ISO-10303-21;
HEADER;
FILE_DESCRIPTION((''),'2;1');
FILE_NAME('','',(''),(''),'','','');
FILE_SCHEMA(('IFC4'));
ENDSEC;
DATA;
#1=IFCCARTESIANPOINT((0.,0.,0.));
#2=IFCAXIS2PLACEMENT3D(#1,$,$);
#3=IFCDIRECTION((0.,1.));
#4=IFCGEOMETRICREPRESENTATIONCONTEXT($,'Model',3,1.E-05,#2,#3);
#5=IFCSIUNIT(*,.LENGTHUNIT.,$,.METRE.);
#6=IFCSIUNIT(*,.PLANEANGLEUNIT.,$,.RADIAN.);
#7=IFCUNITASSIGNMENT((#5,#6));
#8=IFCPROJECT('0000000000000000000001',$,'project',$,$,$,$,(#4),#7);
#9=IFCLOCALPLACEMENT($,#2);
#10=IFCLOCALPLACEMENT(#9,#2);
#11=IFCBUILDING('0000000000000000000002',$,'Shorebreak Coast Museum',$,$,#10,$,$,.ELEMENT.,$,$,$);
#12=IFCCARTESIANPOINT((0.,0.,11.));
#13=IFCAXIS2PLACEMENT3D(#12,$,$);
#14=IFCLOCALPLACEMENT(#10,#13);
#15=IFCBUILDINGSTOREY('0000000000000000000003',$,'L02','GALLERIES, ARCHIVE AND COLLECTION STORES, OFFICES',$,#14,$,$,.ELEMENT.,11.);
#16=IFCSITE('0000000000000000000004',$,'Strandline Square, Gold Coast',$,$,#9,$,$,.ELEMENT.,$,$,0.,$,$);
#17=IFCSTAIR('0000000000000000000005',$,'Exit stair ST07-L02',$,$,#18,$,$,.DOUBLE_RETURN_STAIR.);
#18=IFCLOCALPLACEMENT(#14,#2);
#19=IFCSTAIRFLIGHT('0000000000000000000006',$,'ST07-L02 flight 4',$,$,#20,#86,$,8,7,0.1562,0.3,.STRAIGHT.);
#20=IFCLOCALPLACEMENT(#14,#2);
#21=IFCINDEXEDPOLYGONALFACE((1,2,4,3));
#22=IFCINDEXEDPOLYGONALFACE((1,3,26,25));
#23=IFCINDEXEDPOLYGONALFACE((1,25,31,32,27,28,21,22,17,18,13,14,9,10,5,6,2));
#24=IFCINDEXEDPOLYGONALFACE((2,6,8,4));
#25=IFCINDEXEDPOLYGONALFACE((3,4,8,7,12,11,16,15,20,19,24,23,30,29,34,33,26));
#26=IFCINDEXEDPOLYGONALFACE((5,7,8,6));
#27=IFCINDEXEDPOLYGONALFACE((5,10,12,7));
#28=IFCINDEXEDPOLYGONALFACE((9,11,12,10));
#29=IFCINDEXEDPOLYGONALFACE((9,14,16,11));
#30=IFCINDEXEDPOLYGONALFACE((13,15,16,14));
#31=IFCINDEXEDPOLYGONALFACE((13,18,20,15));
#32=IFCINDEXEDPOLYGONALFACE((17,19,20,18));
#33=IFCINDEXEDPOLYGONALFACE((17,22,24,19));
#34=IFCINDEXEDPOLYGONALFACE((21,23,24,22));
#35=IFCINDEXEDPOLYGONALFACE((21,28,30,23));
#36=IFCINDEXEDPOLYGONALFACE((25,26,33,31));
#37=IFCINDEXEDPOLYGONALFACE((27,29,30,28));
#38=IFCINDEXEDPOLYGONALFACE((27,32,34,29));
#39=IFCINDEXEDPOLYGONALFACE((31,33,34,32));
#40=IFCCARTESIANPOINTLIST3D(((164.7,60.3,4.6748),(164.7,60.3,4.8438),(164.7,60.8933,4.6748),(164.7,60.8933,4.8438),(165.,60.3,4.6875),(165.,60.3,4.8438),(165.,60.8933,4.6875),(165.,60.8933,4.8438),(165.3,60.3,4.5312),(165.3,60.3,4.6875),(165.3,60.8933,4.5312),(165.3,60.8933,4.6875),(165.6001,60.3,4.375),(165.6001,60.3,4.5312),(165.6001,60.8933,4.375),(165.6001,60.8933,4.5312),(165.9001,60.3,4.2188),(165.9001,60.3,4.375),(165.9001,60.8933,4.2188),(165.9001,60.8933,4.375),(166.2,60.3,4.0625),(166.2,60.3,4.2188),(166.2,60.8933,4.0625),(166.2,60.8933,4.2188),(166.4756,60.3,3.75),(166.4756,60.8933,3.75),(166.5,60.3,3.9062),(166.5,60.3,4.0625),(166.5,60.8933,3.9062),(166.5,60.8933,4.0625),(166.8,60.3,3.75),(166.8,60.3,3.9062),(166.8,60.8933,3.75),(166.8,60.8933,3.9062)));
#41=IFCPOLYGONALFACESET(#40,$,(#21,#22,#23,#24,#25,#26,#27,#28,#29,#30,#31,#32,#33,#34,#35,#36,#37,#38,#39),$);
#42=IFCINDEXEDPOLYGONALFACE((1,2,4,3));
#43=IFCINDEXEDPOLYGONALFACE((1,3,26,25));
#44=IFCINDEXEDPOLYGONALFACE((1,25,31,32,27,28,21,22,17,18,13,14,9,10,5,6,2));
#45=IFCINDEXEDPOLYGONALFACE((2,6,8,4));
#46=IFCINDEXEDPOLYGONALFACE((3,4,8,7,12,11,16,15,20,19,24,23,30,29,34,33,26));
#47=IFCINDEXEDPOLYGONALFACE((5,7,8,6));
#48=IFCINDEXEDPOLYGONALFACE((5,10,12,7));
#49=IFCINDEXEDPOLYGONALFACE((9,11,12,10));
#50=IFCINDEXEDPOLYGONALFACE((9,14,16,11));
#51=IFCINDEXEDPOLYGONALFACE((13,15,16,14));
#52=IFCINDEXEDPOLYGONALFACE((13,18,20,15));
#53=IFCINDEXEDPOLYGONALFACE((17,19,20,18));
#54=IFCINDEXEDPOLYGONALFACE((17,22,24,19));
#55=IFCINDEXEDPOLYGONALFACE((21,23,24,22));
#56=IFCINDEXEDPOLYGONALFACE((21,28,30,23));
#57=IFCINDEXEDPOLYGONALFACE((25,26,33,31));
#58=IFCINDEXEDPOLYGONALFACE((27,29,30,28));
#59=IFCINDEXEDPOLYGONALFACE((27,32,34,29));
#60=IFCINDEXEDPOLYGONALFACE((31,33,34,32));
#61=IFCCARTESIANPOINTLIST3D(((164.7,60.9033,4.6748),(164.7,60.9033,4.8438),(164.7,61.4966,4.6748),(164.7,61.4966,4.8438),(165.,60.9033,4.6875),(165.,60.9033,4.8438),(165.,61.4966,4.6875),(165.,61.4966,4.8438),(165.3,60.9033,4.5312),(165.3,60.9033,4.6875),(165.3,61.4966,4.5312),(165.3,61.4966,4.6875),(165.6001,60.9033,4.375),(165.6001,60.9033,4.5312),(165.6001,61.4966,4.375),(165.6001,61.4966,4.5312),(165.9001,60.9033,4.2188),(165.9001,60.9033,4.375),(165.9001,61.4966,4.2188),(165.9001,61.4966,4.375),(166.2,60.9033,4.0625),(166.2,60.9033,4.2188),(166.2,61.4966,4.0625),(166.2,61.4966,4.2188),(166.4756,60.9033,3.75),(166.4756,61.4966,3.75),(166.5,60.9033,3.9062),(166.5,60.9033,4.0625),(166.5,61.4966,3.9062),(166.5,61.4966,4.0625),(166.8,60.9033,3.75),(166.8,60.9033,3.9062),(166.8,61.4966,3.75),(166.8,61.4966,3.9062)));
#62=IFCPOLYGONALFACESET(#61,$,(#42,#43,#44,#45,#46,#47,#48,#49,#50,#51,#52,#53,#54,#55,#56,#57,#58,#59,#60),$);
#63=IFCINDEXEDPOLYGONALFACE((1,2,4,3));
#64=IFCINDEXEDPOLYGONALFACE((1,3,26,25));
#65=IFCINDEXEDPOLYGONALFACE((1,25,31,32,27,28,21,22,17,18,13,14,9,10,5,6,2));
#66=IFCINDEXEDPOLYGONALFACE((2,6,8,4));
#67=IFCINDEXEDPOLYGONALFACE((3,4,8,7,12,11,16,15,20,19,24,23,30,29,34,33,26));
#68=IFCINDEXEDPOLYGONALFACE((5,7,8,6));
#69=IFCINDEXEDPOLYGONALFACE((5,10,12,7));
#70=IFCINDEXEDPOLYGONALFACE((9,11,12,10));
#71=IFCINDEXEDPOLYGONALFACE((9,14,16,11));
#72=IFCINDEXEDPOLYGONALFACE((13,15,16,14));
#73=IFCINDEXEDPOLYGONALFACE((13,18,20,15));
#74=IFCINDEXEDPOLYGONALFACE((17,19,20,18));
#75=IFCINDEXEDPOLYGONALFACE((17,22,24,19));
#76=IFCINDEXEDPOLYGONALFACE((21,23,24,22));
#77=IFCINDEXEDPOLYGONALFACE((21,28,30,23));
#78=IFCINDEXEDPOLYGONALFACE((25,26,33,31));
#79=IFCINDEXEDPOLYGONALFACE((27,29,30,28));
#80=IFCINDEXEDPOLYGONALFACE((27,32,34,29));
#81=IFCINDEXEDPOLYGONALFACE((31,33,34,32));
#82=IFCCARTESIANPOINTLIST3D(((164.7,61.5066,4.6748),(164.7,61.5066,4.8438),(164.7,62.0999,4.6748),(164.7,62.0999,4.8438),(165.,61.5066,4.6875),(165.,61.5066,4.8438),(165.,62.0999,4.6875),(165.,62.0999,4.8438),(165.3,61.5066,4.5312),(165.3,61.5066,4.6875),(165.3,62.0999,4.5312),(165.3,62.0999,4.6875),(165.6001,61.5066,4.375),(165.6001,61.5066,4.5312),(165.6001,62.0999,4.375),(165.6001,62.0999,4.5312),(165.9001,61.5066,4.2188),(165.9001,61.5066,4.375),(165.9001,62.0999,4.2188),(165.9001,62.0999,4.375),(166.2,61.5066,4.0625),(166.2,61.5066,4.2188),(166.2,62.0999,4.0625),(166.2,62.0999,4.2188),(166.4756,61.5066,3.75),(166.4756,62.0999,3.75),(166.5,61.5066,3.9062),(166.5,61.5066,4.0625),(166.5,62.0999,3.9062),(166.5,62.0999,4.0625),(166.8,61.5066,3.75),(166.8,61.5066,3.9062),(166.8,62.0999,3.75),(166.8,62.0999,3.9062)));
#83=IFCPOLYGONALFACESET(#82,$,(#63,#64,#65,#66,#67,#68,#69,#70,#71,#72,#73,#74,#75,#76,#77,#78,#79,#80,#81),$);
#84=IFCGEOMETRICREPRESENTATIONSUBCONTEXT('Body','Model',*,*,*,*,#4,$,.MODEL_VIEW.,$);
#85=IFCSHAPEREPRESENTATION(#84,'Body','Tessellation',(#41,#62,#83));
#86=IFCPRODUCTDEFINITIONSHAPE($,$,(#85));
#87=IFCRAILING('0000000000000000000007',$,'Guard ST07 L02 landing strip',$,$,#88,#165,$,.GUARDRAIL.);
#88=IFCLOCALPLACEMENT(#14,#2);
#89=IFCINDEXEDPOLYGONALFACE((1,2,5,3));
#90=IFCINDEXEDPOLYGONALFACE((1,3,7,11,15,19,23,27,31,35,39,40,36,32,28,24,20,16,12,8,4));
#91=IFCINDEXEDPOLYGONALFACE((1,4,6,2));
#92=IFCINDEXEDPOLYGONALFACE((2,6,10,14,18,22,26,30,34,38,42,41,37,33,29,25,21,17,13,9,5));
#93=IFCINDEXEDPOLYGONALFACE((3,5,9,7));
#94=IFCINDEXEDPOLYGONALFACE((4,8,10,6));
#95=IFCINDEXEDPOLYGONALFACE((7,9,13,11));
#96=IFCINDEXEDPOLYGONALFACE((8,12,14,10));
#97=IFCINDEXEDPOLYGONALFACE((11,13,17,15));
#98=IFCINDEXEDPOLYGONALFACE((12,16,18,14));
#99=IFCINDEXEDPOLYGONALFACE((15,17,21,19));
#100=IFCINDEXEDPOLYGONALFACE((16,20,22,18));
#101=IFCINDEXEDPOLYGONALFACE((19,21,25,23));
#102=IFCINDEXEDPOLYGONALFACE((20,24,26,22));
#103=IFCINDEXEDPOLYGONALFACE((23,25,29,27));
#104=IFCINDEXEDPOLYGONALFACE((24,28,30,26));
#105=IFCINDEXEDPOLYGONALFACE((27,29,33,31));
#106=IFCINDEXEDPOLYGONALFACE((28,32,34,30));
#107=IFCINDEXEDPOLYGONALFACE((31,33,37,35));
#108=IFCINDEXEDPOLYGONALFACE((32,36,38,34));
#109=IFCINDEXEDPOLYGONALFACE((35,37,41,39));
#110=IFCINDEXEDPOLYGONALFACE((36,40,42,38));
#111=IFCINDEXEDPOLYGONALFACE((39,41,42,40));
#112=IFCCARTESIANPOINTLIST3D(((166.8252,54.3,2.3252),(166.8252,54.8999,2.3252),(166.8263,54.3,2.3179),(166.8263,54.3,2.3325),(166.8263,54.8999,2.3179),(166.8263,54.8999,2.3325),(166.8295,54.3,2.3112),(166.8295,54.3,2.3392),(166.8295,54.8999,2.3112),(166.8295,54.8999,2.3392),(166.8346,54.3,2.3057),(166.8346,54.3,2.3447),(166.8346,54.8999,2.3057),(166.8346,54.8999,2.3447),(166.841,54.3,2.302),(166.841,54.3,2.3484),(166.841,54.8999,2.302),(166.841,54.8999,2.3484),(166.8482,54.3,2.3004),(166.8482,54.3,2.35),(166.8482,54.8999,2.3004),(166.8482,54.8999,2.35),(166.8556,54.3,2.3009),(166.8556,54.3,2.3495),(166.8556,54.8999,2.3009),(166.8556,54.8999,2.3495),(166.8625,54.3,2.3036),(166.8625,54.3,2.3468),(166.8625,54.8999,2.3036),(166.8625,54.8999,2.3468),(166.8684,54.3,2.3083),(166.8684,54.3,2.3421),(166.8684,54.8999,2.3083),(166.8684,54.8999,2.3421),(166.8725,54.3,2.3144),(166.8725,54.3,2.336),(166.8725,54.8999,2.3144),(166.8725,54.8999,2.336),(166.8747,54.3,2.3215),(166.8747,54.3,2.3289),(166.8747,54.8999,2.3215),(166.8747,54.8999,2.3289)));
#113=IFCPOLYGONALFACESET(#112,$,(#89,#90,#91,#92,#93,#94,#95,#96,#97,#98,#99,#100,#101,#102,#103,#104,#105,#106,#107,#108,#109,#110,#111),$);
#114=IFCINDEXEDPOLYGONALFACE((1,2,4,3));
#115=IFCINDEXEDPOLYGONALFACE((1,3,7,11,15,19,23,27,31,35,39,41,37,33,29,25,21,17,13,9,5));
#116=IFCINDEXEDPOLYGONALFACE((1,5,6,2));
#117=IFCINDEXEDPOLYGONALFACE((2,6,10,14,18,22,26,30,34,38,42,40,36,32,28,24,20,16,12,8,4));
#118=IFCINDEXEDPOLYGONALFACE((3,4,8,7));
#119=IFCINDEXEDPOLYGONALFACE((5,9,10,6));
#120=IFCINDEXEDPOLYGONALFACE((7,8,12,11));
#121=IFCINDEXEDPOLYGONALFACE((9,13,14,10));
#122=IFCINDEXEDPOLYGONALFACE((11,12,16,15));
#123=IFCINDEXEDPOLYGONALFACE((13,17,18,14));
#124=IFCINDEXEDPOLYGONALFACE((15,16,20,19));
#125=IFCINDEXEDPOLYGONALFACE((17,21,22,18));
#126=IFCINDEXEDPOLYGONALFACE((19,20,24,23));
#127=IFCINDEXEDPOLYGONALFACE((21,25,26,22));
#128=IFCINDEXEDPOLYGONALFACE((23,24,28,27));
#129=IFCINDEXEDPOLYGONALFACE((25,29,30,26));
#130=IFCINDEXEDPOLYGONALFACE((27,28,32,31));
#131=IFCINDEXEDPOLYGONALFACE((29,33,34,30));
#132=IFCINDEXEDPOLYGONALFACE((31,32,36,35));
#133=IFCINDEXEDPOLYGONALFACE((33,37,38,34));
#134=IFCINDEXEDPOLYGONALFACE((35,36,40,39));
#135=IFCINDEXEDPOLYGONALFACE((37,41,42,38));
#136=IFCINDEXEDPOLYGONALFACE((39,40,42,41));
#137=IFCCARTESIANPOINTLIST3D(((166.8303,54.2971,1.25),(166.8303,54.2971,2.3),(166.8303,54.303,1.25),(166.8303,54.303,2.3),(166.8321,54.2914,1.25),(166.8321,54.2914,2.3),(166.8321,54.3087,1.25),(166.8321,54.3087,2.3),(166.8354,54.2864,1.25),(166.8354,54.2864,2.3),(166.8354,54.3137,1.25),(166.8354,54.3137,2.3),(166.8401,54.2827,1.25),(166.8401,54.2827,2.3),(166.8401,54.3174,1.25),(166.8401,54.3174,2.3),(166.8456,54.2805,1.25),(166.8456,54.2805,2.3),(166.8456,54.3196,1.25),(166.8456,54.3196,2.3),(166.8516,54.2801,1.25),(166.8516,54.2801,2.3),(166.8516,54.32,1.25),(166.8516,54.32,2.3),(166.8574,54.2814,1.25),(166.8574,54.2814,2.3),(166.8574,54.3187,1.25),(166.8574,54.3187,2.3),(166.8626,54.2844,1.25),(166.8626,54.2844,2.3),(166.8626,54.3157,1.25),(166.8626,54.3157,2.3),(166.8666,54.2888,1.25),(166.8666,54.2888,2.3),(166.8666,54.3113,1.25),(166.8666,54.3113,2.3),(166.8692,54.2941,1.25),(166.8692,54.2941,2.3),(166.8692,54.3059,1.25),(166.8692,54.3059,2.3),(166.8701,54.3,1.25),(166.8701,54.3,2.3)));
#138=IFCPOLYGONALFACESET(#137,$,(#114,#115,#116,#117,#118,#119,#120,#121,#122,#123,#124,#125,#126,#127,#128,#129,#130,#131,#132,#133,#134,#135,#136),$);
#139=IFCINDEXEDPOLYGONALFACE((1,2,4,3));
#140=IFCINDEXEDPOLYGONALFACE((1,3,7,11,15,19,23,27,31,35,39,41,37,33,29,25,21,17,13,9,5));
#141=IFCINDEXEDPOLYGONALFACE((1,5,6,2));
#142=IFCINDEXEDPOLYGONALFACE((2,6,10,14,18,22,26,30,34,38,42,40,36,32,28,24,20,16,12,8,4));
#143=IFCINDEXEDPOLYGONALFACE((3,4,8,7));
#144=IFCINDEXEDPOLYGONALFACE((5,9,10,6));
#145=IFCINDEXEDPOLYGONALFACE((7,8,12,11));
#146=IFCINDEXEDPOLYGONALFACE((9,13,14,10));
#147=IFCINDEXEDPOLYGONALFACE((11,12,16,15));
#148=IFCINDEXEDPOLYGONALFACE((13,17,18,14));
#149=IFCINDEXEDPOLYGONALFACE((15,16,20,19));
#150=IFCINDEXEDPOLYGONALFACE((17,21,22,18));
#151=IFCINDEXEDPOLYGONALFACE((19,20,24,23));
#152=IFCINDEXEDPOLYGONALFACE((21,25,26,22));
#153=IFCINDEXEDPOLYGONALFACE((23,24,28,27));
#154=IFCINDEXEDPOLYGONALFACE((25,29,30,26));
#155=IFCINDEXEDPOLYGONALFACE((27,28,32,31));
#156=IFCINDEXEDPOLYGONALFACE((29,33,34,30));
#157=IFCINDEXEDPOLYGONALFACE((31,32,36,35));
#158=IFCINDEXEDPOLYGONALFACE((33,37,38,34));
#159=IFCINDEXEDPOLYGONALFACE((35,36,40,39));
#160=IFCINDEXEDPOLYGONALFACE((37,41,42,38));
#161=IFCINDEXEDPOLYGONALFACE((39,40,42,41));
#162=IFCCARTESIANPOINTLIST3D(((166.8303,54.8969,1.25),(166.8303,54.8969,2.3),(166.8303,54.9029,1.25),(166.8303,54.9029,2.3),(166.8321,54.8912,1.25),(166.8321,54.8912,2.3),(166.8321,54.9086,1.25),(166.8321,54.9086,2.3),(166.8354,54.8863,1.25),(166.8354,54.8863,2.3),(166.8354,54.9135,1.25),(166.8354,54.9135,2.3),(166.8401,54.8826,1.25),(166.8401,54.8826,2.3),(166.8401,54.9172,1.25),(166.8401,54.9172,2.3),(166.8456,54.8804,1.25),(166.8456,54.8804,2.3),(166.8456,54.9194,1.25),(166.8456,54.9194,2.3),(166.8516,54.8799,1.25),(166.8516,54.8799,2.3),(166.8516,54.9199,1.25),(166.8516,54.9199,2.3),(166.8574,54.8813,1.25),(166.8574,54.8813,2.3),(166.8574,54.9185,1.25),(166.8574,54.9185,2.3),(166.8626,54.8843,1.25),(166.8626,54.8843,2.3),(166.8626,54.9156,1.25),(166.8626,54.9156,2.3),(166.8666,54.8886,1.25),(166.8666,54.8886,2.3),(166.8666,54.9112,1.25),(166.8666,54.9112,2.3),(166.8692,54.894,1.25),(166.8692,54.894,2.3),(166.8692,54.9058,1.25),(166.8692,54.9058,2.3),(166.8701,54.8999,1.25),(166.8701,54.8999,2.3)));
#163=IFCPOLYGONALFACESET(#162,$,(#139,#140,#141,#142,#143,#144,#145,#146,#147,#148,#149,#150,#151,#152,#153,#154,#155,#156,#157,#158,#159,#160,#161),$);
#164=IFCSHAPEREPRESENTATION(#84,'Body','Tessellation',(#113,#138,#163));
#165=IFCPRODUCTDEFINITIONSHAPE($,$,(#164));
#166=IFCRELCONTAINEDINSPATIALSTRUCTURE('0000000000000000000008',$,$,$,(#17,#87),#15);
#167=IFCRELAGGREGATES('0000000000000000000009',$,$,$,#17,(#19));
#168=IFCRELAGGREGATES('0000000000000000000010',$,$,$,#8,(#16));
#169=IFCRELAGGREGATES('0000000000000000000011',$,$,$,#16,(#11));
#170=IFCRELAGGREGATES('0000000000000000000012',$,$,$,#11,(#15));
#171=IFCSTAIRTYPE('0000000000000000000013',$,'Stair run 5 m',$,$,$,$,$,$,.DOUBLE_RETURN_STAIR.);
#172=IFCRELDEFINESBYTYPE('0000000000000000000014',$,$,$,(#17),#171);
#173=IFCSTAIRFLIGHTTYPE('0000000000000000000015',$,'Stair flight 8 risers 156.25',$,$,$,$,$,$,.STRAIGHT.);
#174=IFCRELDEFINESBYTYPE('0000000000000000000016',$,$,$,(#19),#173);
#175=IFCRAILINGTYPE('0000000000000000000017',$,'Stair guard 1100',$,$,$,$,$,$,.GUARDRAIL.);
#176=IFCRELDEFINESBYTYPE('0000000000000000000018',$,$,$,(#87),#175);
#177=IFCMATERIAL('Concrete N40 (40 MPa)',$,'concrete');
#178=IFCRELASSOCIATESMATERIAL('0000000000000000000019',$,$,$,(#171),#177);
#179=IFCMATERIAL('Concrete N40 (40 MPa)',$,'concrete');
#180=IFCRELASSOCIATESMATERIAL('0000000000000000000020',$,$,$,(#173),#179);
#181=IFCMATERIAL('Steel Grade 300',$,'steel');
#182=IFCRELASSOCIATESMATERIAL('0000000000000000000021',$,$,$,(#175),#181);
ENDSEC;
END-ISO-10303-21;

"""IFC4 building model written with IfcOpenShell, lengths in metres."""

from ifc_helpers import new_model, si_unit, direction, frame, origin, origin_2d, place, context, subcontext, project, spatial, polyline, circle, outline, extrude, material, type_object, element, aggregate, save


model = new_model("IFC4")

# Units and contexts
model_context = context("Model", 3, precision=1e-05, world=origin(), true_north=direction((0.0, 1.0)))
body_context = subcontext(model_context, "Body", "Model", "MODEL_VIEW")
ifc_project = project(units=[si_unit("LENGTHUNIT", "METRE"), si_unit("PLANEANGLEUNIT", "RADIAN")], contexts=[model_context])

# Site, building, storey
site_placement = place(None, origin())
site = spatial("IfcSite", under=ifc_project, at=site_placement, Name="Strandline Square, Gold Coast", CompositionType="ELEMENT", RefElevation=0.0)
building_placement = place(site_placement, origin())
building = spatial("IfcBuilding", under=site, at=building_placement, Name="Shorebreak Coast Museum", CompositionType="ELEMENT")
storey_placement = place(building_placement, frame((0.0, 0.0, 11.0)))
storey = spatial("IfcBuildingStorey", under=building, at=storey_placement, Name="L02", Description="GALLERIES, ARCHIVE AND COLLECTION STORES, OFFICES", CompositionType="ELEMENT", Elevation=11.0)

# Stair, stair flight
ifc_material_1 = material(Name="Concrete N40 (40 MPa)", Category="concrete")
stair_type = type_object("IfcStairType", Name="Stair run 5 m", PredefinedType="DOUBLE_RETURN_STAIR", material=ifc_material_1)
stair_placement = place(storey_placement, origin())
stair = element("IfcStair", 1, at=stair_placement, inside=storey, type_object=stair_type, Name="Exit stair ST07-L02", PredefinedType="DOUBLE_RETURN_STAIR")
ifc_material_2 = material(Name="Concrete N40 (40 MPa)", Category="concrete")
stair_flight_type = type_object("IfcStairFlightType", Name="Stair flight 8 risers 156.25", PredefinedType="STRAIGHT", material=ifc_material_2)
stair_flight_1_placement = place(storey_placement, frame((166.8, 61.2, 3.75), z_axis=(0.0, 0.0, 1.0), x_axis=(-1.0, 0.0, 0.0)))
stair_flight_1 = element("IfcStairFlight", 2, at=stair_flight_1_placement, type_object=stair_flight_type, Name="ST07-L02 flight 4", NumberOfRisers=8, NumberOfTreads=7, PredefinedType="STRAIGHT", RiserHeight=0.1562, TreadLength=0.3, context=body_context, shape_type="SweptSolid", body=[
    extrude(outline(polyline([(0.0, 0.0), (0.0, 0.1562), (0.3, 0.1562), (0.3, 0.3125), (0.6001, 0.3125), (0.6001, 0.4688), (0.8999, 0.4688), (0.8999, 0.625), (1.2, 0.625), (1.2, 0.7812), (1.5, 0.7812), (1.5, 0.9375), (1.8, 0.9375), (1.8, 1.0938), (2.1001, 1.0938), (2.1001, 1.25), (2.1001, 0.9248), (0.3245, 0.0), (0.0, 0.0)])), frame((0.0, 0.8999, 0.0), z_axis=(0.0, -1.0, 0.0), x_axis=(1.0, 0.0, 0.0)), (0.0, 0.0, 1.0), 0.5933),
    extrude(outline(polyline([(0.0, 0.0), (0.0, 0.1562), (0.3, 0.1562), (0.3, 0.3125), (0.6001, 0.3125), (0.6001, 0.4688), (0.8999, 0.4688), (0.8999, 0.625), (1.2, 0.625), (1.2, 0.7812), (1.5, 0.7812), (1.5, 0.9375), (1.8, 0.9375), (1.8, 1.0938), (2.1001, 1.0938), (2.1001, 1.25), (2.1001, 0.9248), (0.3245, 0.0), (0.0, 0.0)])), frame((0.0, 0.2966, 0.0), z_axis=(0.0, -1.0, 0.0), x_axis=(1.0, 0.0, 0.0)), (0.0, 0.0, 1.0), 0.5933),
    extrude(outline(polyline([(0.0, 0.0), (0.0, 0.1562), (0.3, 0.1562), (0.3, 0.3125), (0.6001, 0.3125), (0.6001, 0.4688), (0.8999, 0.4688), (0.8999, 0.625), (1.2, 0.625), (1.2, 0.7812), (1.5, 0.7812), (1.5, 0.9375), (1.8, 0.9375), (1.8, 1.0938), (2.1001, 1.0938), (2.1001, 1.25), (2.1001, 0.9248), (0.3245, 0.0), (0.0, 0.0)])), frame((0.0, -0.3066, 0.0), z_axis=(0.0, -1.0, 0.0), x_axis=(1.0, 0.0, 0.0)), (0.0, 0.0, 1.0), 0.5933),
])
aggregate(stair, [stair_flight_1])

# Railing
ifc_material_3 = material(Name="Steel Grade 300", Category="steel")
railing_type_1 = type_object("IfcRailingType", Name="Stair guard 1100", PredefinedType="GUARDRAIL", material=ifc_material_3)
railing_placement = place(storey_placement, frame((166.8501, 54.3, 1.25)))
element("IfcRailing", 3, at=railing_placement, inside=storey, type_object=railing_type_1, Name="Guard ST07 L02 landing strip", PredefinedType="GUARDRAIL", context=body_context, shape_type="SweptSolid", body=[
    extrude(circle(Radius=0.0249, at=origin_2d()), frame((0.0, 0.0, 1.0752), z_axis=(0.0, 1.0, 0.0), x_axis=(-1.0, 0.0, 0.0)), (0.0, 0.0, 1.0), 0.5999),
    extrude(circle(Radius=0.02, at=origin_2d()), origin(), (0.0, 0.0, 1.0), 1.05),
    extrude(circle(Radius=0.02, at=origin_2d()), frame((0.0, 0.5999, 0.0)), (0.0, 0.0, 1.0), 1.05),
])

save(model, "model.ifc")
